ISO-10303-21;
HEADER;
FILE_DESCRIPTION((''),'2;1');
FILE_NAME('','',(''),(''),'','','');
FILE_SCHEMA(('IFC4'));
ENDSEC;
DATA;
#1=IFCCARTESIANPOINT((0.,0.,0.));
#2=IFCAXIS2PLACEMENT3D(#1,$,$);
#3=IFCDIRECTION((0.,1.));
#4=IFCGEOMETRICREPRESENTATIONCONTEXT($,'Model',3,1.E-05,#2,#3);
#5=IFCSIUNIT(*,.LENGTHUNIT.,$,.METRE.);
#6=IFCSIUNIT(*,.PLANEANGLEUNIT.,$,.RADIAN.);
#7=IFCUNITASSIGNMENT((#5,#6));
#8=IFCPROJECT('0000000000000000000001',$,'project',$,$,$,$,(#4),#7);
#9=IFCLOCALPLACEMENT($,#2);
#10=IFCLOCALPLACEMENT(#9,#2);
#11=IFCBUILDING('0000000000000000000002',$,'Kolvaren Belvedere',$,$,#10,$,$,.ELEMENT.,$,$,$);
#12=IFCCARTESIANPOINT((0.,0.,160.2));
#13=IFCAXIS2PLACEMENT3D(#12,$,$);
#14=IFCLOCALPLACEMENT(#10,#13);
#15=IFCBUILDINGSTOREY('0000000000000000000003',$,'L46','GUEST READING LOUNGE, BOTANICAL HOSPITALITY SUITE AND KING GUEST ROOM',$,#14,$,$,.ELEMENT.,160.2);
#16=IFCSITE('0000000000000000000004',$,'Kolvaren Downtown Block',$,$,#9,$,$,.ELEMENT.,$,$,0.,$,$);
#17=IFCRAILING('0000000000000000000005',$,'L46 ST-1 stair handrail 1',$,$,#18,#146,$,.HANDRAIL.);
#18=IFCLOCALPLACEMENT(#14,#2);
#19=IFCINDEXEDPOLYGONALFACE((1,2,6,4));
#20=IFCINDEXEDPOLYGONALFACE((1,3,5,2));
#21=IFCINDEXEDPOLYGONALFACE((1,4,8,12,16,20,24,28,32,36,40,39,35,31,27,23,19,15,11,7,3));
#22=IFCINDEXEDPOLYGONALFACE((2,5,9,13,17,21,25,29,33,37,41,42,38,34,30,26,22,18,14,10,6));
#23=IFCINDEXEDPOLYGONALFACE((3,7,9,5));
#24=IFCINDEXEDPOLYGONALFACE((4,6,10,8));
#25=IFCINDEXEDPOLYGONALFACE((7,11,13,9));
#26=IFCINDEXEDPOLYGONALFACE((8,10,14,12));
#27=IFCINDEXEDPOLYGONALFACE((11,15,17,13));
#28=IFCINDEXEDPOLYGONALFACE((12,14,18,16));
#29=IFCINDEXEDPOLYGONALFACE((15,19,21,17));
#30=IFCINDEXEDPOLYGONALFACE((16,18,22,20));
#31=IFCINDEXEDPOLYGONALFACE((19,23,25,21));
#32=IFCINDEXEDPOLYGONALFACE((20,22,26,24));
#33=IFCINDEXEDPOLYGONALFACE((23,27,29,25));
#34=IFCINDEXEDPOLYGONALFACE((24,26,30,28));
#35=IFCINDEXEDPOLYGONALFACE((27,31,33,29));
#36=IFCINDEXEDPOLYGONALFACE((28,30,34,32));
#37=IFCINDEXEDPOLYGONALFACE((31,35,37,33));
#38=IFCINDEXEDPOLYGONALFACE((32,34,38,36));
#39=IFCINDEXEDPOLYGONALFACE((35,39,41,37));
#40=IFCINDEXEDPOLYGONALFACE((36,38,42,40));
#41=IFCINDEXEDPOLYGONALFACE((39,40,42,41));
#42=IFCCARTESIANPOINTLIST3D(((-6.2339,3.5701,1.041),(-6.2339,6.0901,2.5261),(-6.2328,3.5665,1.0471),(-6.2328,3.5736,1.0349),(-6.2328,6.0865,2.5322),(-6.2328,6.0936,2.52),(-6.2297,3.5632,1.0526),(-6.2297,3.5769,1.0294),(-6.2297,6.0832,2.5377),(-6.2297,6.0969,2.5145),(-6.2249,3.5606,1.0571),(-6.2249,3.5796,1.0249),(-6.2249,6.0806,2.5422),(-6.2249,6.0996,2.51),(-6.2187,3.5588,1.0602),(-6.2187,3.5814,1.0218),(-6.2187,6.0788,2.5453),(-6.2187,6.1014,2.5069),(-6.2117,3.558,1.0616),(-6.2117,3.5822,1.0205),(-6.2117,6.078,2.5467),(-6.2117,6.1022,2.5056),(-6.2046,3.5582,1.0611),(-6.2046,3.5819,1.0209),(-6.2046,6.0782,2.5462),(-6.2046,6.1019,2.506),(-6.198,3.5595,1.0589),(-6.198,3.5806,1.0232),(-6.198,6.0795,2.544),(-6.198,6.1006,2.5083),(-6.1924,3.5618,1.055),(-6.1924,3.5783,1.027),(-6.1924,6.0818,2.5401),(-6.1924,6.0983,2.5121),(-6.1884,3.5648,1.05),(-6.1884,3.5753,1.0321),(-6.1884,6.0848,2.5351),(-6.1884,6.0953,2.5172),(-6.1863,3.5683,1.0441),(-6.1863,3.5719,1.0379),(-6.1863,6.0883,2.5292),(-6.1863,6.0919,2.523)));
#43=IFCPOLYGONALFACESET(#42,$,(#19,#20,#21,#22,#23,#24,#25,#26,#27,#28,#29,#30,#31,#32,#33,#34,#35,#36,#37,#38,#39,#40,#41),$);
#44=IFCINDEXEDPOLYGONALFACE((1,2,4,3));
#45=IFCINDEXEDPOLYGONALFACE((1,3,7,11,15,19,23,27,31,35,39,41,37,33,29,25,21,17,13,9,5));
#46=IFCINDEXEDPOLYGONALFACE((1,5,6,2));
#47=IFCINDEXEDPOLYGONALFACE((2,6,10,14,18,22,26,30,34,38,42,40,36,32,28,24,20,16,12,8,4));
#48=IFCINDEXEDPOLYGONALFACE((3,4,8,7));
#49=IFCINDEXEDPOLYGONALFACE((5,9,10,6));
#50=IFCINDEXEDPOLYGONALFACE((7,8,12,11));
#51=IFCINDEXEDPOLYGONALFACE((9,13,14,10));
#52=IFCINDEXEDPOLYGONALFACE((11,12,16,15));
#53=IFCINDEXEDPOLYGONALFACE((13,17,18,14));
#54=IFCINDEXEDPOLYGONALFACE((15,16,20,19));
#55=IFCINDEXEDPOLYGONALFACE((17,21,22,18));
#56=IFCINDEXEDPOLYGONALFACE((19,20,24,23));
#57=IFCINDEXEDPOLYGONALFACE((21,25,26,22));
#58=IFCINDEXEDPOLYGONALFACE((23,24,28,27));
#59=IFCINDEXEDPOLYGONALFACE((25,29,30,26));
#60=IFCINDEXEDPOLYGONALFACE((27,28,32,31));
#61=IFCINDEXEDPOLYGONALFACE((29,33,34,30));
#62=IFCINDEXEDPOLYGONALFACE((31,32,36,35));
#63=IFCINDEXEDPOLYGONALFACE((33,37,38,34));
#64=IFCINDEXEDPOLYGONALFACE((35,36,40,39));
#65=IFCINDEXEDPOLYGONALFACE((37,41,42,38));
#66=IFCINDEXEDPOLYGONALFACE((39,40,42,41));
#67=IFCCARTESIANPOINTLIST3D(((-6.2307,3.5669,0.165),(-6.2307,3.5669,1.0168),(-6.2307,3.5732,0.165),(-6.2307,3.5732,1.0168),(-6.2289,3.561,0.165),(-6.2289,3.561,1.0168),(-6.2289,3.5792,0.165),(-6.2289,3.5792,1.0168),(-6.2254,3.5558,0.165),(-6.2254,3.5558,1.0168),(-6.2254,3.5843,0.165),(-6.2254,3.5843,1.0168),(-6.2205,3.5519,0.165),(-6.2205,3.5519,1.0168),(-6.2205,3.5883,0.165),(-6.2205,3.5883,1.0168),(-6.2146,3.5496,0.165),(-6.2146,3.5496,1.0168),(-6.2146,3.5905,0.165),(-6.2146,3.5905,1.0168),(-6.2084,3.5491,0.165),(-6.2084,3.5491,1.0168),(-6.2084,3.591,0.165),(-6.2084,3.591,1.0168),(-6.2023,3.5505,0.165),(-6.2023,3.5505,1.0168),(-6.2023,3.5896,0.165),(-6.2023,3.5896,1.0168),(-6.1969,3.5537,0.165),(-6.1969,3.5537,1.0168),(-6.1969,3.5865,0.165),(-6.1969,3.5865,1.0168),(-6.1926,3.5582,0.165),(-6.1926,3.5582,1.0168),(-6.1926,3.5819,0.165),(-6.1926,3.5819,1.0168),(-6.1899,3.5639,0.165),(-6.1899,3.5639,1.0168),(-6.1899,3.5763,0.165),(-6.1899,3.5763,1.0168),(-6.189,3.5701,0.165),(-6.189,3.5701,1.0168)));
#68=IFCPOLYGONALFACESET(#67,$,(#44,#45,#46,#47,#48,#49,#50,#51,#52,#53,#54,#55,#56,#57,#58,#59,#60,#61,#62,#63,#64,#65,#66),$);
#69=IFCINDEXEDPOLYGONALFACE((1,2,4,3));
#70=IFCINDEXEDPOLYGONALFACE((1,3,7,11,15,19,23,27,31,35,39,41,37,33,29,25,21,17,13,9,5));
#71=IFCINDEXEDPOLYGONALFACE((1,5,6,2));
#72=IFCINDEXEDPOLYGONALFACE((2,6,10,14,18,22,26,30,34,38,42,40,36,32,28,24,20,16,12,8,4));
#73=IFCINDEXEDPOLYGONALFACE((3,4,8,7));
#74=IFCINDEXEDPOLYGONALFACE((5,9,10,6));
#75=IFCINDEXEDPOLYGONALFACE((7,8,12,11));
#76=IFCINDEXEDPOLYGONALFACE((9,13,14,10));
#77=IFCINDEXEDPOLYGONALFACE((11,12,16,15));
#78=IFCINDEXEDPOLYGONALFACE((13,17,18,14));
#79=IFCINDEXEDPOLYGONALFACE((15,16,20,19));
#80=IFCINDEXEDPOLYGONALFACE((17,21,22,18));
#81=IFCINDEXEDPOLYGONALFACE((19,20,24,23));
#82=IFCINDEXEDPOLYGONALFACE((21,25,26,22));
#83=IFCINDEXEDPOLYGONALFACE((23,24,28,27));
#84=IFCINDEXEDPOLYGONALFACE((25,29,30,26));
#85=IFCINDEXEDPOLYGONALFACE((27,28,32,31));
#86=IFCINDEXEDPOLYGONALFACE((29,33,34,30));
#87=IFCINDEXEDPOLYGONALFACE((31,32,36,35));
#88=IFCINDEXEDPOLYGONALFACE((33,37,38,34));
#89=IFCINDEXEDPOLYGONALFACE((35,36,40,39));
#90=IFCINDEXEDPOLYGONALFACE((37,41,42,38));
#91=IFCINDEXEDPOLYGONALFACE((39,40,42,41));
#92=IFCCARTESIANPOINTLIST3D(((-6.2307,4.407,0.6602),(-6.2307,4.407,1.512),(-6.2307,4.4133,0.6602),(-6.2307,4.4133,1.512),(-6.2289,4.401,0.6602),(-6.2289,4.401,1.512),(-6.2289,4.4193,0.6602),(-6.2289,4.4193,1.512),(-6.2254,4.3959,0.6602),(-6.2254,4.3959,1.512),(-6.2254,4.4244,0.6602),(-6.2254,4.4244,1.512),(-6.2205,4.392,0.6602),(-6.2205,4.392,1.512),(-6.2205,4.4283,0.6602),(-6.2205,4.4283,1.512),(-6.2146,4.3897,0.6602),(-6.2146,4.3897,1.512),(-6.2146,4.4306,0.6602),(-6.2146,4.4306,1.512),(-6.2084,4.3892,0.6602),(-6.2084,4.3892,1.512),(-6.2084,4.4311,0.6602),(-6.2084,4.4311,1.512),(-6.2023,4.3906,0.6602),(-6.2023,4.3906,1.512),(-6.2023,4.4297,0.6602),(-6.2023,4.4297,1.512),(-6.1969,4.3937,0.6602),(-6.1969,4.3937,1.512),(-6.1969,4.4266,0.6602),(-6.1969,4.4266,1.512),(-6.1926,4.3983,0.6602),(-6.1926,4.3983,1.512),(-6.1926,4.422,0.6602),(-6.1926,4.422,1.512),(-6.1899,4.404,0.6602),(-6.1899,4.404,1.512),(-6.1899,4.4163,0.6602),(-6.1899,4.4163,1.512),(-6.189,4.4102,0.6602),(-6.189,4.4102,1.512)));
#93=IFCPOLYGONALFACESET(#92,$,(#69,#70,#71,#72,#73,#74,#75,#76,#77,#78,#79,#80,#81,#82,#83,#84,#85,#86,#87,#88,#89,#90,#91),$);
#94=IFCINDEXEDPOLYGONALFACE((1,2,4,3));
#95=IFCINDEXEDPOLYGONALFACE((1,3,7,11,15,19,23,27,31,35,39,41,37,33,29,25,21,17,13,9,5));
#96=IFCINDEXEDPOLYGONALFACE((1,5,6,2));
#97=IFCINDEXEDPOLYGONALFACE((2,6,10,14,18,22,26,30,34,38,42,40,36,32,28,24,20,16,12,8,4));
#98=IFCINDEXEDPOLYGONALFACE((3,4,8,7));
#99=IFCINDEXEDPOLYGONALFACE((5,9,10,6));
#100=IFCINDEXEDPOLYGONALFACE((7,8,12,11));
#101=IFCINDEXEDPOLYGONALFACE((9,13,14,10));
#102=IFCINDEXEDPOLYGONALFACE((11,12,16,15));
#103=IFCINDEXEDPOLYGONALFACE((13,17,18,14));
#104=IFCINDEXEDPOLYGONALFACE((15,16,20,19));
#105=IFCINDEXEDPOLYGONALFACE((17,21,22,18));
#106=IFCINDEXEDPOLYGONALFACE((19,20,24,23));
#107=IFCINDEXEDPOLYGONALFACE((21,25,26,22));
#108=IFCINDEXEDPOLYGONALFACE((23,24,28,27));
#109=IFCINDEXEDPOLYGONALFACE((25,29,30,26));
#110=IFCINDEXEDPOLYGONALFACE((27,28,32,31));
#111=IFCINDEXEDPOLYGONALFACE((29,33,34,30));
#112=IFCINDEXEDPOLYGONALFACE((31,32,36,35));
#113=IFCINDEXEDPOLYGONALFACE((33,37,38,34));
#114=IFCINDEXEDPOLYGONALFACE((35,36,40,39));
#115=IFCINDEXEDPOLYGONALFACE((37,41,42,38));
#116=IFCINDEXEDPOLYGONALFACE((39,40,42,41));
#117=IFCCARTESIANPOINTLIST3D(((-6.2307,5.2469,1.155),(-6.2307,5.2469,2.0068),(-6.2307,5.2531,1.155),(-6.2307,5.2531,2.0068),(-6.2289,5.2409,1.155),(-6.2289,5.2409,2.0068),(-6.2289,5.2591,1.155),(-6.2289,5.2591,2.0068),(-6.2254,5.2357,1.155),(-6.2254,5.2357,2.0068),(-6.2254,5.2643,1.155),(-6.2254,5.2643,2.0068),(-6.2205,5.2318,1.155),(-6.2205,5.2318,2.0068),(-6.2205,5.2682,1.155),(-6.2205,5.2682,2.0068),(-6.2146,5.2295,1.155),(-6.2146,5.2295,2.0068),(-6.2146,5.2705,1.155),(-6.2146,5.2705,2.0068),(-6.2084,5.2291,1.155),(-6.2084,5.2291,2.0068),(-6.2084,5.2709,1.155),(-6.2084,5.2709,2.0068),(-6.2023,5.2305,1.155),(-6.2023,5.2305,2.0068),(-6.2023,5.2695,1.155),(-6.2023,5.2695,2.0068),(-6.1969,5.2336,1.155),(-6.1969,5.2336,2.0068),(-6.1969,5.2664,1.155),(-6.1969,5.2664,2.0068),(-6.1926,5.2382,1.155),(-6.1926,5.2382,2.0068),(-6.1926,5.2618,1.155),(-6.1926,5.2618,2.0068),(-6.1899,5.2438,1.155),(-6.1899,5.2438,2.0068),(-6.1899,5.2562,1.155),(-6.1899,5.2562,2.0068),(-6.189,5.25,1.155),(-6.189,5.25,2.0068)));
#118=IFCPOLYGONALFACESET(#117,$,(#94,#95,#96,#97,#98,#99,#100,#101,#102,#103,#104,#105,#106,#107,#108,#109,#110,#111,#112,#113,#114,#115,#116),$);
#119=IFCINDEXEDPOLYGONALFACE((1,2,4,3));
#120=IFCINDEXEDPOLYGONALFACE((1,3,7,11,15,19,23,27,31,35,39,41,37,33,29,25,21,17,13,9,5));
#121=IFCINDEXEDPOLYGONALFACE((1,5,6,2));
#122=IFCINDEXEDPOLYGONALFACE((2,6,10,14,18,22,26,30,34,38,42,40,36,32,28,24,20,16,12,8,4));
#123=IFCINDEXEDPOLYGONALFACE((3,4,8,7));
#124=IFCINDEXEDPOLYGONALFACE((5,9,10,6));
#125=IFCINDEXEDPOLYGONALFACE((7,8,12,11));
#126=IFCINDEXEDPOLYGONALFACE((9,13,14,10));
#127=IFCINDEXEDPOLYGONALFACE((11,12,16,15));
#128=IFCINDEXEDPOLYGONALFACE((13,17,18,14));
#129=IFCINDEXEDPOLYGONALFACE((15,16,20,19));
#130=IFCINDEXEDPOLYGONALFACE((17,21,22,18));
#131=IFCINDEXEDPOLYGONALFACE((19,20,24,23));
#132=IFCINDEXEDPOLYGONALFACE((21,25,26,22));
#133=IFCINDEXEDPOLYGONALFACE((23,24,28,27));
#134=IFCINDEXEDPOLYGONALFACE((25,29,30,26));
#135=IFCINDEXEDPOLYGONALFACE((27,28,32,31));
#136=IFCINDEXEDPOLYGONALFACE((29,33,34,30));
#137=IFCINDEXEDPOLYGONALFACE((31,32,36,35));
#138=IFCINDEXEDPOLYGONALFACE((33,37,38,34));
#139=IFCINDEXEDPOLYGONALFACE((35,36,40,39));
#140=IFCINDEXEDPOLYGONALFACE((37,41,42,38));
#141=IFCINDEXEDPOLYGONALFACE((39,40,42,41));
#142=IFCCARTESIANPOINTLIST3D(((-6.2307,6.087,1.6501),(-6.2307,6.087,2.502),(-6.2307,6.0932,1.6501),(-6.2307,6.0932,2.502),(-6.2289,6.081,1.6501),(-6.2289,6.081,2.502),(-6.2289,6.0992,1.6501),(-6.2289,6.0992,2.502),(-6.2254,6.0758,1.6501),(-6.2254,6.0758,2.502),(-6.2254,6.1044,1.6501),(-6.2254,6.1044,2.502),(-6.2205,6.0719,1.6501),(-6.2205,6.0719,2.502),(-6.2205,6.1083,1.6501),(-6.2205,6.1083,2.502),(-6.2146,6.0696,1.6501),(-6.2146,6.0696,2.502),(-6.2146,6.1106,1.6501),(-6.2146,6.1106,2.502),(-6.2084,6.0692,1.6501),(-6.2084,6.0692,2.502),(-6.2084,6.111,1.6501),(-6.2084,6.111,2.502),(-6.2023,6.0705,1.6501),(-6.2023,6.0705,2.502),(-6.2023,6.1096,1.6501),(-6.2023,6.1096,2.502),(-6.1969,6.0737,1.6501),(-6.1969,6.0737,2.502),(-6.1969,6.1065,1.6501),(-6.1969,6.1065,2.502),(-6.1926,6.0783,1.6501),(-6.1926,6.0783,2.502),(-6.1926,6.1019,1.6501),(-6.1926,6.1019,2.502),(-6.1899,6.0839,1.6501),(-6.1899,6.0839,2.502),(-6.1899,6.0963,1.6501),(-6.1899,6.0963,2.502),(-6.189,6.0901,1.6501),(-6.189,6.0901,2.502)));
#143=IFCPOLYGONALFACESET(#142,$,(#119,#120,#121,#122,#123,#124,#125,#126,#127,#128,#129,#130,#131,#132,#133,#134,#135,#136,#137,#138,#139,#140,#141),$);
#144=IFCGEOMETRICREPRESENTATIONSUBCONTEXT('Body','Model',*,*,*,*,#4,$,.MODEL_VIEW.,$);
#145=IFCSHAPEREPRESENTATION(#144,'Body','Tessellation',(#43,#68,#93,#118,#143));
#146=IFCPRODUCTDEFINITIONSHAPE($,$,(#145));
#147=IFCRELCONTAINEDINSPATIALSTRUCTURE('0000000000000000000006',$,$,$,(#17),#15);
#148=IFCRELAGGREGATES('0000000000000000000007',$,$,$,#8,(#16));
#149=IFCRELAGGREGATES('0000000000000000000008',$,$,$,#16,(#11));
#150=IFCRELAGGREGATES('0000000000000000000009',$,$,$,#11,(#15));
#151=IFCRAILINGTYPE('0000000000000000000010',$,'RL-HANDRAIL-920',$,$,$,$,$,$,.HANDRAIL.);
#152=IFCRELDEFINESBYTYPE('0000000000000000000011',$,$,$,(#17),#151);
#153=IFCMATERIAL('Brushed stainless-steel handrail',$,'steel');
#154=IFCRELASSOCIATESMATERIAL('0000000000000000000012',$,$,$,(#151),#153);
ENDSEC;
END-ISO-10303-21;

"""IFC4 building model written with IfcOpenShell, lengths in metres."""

from ifc_helpers import new_model, si_unit, direction, frame, origin, origin_2d, place, context, subcontext, project, spatial, circle, extrude, material, type_object, element, save


model = new_model("IFC4")

# Units and contexts
model_context = context("Model", 3, precision=1e-05, world=origin(), true_north=direction((0.0, 1.0)))
body_context = subcontext(model_context, "Body", "Model", "MODEL_VIEW")
ifc_project = project(units=[si_unit("LENGTHUNIT", "METRE"), si_unit("PLANEANGLEUNIT", "RADIAN")], contexts=[model_context])

# Site, building, storey
site_placement = place(None, origin())
site = spatial("IfcSite", under=ifc_project, at=site_placement, Name="Kolvaren Downtown Block", CompositionType="ELEMENT", RefElevation=0.0)
building_placement = place(site_placement, origin())
building = spatial("IfcBuilding", under=site, at=building_placement, Name="Kolvaren Belvedere", CompositionType="ELEMENT")
storey_placement = place(building_placement, frame((0.0, 0.0, 160.2)))
storey = spatial("IfcBuildingStorey", under=building, at=storey_placement, Name="L46", Description="GUEST READING LOUNGE, BOTANICAL HOSPITALITY SUITE AND KING GUEST ROOM", CompositionType="ELEMENT", Elevation=160.2)

# Railing
ifc_material_1 = material(Name="Brushed stainless-steel handrail", Category="steel")
railing_type_1 = type_object("IfcRailingType", Name="RL-HANDRAIL-920", PredefinedType="HANDRAIL", material=ifc_material_1)
railing_1_placement = place(storey_placement, frame((-6.21, 3.5701, 0.165)))
element("IfcRailing", 1, at=railing_1_placement, inside=storey, type_object=railing_type_1, Name="L46 ST-1 stair handrail 1", PredefinedType="HANDRAIL", context=body_context, shape_type="SweptSolid", body=[
    extrude(circle(Radius=0.0239, at=origin_2d()), frame((0.0, 0.0, 0.876), z_axis=(0.0, 0.861524, 0.507717), x_axis=(-1.0, 0.0, 0.0)), (0.0, 0.0, 1.0), 2.925),
    extrude(circle(Radius=0.021, at=origin_2d()), origin(), (0.0, 0.0, 1.0), 0.8518),
    extrude(circle(Radius=0.021, at=origin_2d()), frame((0.0, 0.8401, 0.4951)), (0.0, 0.0, 1.0), 0.8518),
    extrude(circle(Radius=0.021, at=origin_2d()), frame((0.0, 1.6799, 0.99)), (0.0, 0.0, 1.0), 0.8518),
    extrude(circle(Radius=0.021, at=origin_2d()), frame((0.0, 2.52, 1.4851)), (0.0, 0.0, 1.0), 0.8518),
])

save(model, "model.ifc")
